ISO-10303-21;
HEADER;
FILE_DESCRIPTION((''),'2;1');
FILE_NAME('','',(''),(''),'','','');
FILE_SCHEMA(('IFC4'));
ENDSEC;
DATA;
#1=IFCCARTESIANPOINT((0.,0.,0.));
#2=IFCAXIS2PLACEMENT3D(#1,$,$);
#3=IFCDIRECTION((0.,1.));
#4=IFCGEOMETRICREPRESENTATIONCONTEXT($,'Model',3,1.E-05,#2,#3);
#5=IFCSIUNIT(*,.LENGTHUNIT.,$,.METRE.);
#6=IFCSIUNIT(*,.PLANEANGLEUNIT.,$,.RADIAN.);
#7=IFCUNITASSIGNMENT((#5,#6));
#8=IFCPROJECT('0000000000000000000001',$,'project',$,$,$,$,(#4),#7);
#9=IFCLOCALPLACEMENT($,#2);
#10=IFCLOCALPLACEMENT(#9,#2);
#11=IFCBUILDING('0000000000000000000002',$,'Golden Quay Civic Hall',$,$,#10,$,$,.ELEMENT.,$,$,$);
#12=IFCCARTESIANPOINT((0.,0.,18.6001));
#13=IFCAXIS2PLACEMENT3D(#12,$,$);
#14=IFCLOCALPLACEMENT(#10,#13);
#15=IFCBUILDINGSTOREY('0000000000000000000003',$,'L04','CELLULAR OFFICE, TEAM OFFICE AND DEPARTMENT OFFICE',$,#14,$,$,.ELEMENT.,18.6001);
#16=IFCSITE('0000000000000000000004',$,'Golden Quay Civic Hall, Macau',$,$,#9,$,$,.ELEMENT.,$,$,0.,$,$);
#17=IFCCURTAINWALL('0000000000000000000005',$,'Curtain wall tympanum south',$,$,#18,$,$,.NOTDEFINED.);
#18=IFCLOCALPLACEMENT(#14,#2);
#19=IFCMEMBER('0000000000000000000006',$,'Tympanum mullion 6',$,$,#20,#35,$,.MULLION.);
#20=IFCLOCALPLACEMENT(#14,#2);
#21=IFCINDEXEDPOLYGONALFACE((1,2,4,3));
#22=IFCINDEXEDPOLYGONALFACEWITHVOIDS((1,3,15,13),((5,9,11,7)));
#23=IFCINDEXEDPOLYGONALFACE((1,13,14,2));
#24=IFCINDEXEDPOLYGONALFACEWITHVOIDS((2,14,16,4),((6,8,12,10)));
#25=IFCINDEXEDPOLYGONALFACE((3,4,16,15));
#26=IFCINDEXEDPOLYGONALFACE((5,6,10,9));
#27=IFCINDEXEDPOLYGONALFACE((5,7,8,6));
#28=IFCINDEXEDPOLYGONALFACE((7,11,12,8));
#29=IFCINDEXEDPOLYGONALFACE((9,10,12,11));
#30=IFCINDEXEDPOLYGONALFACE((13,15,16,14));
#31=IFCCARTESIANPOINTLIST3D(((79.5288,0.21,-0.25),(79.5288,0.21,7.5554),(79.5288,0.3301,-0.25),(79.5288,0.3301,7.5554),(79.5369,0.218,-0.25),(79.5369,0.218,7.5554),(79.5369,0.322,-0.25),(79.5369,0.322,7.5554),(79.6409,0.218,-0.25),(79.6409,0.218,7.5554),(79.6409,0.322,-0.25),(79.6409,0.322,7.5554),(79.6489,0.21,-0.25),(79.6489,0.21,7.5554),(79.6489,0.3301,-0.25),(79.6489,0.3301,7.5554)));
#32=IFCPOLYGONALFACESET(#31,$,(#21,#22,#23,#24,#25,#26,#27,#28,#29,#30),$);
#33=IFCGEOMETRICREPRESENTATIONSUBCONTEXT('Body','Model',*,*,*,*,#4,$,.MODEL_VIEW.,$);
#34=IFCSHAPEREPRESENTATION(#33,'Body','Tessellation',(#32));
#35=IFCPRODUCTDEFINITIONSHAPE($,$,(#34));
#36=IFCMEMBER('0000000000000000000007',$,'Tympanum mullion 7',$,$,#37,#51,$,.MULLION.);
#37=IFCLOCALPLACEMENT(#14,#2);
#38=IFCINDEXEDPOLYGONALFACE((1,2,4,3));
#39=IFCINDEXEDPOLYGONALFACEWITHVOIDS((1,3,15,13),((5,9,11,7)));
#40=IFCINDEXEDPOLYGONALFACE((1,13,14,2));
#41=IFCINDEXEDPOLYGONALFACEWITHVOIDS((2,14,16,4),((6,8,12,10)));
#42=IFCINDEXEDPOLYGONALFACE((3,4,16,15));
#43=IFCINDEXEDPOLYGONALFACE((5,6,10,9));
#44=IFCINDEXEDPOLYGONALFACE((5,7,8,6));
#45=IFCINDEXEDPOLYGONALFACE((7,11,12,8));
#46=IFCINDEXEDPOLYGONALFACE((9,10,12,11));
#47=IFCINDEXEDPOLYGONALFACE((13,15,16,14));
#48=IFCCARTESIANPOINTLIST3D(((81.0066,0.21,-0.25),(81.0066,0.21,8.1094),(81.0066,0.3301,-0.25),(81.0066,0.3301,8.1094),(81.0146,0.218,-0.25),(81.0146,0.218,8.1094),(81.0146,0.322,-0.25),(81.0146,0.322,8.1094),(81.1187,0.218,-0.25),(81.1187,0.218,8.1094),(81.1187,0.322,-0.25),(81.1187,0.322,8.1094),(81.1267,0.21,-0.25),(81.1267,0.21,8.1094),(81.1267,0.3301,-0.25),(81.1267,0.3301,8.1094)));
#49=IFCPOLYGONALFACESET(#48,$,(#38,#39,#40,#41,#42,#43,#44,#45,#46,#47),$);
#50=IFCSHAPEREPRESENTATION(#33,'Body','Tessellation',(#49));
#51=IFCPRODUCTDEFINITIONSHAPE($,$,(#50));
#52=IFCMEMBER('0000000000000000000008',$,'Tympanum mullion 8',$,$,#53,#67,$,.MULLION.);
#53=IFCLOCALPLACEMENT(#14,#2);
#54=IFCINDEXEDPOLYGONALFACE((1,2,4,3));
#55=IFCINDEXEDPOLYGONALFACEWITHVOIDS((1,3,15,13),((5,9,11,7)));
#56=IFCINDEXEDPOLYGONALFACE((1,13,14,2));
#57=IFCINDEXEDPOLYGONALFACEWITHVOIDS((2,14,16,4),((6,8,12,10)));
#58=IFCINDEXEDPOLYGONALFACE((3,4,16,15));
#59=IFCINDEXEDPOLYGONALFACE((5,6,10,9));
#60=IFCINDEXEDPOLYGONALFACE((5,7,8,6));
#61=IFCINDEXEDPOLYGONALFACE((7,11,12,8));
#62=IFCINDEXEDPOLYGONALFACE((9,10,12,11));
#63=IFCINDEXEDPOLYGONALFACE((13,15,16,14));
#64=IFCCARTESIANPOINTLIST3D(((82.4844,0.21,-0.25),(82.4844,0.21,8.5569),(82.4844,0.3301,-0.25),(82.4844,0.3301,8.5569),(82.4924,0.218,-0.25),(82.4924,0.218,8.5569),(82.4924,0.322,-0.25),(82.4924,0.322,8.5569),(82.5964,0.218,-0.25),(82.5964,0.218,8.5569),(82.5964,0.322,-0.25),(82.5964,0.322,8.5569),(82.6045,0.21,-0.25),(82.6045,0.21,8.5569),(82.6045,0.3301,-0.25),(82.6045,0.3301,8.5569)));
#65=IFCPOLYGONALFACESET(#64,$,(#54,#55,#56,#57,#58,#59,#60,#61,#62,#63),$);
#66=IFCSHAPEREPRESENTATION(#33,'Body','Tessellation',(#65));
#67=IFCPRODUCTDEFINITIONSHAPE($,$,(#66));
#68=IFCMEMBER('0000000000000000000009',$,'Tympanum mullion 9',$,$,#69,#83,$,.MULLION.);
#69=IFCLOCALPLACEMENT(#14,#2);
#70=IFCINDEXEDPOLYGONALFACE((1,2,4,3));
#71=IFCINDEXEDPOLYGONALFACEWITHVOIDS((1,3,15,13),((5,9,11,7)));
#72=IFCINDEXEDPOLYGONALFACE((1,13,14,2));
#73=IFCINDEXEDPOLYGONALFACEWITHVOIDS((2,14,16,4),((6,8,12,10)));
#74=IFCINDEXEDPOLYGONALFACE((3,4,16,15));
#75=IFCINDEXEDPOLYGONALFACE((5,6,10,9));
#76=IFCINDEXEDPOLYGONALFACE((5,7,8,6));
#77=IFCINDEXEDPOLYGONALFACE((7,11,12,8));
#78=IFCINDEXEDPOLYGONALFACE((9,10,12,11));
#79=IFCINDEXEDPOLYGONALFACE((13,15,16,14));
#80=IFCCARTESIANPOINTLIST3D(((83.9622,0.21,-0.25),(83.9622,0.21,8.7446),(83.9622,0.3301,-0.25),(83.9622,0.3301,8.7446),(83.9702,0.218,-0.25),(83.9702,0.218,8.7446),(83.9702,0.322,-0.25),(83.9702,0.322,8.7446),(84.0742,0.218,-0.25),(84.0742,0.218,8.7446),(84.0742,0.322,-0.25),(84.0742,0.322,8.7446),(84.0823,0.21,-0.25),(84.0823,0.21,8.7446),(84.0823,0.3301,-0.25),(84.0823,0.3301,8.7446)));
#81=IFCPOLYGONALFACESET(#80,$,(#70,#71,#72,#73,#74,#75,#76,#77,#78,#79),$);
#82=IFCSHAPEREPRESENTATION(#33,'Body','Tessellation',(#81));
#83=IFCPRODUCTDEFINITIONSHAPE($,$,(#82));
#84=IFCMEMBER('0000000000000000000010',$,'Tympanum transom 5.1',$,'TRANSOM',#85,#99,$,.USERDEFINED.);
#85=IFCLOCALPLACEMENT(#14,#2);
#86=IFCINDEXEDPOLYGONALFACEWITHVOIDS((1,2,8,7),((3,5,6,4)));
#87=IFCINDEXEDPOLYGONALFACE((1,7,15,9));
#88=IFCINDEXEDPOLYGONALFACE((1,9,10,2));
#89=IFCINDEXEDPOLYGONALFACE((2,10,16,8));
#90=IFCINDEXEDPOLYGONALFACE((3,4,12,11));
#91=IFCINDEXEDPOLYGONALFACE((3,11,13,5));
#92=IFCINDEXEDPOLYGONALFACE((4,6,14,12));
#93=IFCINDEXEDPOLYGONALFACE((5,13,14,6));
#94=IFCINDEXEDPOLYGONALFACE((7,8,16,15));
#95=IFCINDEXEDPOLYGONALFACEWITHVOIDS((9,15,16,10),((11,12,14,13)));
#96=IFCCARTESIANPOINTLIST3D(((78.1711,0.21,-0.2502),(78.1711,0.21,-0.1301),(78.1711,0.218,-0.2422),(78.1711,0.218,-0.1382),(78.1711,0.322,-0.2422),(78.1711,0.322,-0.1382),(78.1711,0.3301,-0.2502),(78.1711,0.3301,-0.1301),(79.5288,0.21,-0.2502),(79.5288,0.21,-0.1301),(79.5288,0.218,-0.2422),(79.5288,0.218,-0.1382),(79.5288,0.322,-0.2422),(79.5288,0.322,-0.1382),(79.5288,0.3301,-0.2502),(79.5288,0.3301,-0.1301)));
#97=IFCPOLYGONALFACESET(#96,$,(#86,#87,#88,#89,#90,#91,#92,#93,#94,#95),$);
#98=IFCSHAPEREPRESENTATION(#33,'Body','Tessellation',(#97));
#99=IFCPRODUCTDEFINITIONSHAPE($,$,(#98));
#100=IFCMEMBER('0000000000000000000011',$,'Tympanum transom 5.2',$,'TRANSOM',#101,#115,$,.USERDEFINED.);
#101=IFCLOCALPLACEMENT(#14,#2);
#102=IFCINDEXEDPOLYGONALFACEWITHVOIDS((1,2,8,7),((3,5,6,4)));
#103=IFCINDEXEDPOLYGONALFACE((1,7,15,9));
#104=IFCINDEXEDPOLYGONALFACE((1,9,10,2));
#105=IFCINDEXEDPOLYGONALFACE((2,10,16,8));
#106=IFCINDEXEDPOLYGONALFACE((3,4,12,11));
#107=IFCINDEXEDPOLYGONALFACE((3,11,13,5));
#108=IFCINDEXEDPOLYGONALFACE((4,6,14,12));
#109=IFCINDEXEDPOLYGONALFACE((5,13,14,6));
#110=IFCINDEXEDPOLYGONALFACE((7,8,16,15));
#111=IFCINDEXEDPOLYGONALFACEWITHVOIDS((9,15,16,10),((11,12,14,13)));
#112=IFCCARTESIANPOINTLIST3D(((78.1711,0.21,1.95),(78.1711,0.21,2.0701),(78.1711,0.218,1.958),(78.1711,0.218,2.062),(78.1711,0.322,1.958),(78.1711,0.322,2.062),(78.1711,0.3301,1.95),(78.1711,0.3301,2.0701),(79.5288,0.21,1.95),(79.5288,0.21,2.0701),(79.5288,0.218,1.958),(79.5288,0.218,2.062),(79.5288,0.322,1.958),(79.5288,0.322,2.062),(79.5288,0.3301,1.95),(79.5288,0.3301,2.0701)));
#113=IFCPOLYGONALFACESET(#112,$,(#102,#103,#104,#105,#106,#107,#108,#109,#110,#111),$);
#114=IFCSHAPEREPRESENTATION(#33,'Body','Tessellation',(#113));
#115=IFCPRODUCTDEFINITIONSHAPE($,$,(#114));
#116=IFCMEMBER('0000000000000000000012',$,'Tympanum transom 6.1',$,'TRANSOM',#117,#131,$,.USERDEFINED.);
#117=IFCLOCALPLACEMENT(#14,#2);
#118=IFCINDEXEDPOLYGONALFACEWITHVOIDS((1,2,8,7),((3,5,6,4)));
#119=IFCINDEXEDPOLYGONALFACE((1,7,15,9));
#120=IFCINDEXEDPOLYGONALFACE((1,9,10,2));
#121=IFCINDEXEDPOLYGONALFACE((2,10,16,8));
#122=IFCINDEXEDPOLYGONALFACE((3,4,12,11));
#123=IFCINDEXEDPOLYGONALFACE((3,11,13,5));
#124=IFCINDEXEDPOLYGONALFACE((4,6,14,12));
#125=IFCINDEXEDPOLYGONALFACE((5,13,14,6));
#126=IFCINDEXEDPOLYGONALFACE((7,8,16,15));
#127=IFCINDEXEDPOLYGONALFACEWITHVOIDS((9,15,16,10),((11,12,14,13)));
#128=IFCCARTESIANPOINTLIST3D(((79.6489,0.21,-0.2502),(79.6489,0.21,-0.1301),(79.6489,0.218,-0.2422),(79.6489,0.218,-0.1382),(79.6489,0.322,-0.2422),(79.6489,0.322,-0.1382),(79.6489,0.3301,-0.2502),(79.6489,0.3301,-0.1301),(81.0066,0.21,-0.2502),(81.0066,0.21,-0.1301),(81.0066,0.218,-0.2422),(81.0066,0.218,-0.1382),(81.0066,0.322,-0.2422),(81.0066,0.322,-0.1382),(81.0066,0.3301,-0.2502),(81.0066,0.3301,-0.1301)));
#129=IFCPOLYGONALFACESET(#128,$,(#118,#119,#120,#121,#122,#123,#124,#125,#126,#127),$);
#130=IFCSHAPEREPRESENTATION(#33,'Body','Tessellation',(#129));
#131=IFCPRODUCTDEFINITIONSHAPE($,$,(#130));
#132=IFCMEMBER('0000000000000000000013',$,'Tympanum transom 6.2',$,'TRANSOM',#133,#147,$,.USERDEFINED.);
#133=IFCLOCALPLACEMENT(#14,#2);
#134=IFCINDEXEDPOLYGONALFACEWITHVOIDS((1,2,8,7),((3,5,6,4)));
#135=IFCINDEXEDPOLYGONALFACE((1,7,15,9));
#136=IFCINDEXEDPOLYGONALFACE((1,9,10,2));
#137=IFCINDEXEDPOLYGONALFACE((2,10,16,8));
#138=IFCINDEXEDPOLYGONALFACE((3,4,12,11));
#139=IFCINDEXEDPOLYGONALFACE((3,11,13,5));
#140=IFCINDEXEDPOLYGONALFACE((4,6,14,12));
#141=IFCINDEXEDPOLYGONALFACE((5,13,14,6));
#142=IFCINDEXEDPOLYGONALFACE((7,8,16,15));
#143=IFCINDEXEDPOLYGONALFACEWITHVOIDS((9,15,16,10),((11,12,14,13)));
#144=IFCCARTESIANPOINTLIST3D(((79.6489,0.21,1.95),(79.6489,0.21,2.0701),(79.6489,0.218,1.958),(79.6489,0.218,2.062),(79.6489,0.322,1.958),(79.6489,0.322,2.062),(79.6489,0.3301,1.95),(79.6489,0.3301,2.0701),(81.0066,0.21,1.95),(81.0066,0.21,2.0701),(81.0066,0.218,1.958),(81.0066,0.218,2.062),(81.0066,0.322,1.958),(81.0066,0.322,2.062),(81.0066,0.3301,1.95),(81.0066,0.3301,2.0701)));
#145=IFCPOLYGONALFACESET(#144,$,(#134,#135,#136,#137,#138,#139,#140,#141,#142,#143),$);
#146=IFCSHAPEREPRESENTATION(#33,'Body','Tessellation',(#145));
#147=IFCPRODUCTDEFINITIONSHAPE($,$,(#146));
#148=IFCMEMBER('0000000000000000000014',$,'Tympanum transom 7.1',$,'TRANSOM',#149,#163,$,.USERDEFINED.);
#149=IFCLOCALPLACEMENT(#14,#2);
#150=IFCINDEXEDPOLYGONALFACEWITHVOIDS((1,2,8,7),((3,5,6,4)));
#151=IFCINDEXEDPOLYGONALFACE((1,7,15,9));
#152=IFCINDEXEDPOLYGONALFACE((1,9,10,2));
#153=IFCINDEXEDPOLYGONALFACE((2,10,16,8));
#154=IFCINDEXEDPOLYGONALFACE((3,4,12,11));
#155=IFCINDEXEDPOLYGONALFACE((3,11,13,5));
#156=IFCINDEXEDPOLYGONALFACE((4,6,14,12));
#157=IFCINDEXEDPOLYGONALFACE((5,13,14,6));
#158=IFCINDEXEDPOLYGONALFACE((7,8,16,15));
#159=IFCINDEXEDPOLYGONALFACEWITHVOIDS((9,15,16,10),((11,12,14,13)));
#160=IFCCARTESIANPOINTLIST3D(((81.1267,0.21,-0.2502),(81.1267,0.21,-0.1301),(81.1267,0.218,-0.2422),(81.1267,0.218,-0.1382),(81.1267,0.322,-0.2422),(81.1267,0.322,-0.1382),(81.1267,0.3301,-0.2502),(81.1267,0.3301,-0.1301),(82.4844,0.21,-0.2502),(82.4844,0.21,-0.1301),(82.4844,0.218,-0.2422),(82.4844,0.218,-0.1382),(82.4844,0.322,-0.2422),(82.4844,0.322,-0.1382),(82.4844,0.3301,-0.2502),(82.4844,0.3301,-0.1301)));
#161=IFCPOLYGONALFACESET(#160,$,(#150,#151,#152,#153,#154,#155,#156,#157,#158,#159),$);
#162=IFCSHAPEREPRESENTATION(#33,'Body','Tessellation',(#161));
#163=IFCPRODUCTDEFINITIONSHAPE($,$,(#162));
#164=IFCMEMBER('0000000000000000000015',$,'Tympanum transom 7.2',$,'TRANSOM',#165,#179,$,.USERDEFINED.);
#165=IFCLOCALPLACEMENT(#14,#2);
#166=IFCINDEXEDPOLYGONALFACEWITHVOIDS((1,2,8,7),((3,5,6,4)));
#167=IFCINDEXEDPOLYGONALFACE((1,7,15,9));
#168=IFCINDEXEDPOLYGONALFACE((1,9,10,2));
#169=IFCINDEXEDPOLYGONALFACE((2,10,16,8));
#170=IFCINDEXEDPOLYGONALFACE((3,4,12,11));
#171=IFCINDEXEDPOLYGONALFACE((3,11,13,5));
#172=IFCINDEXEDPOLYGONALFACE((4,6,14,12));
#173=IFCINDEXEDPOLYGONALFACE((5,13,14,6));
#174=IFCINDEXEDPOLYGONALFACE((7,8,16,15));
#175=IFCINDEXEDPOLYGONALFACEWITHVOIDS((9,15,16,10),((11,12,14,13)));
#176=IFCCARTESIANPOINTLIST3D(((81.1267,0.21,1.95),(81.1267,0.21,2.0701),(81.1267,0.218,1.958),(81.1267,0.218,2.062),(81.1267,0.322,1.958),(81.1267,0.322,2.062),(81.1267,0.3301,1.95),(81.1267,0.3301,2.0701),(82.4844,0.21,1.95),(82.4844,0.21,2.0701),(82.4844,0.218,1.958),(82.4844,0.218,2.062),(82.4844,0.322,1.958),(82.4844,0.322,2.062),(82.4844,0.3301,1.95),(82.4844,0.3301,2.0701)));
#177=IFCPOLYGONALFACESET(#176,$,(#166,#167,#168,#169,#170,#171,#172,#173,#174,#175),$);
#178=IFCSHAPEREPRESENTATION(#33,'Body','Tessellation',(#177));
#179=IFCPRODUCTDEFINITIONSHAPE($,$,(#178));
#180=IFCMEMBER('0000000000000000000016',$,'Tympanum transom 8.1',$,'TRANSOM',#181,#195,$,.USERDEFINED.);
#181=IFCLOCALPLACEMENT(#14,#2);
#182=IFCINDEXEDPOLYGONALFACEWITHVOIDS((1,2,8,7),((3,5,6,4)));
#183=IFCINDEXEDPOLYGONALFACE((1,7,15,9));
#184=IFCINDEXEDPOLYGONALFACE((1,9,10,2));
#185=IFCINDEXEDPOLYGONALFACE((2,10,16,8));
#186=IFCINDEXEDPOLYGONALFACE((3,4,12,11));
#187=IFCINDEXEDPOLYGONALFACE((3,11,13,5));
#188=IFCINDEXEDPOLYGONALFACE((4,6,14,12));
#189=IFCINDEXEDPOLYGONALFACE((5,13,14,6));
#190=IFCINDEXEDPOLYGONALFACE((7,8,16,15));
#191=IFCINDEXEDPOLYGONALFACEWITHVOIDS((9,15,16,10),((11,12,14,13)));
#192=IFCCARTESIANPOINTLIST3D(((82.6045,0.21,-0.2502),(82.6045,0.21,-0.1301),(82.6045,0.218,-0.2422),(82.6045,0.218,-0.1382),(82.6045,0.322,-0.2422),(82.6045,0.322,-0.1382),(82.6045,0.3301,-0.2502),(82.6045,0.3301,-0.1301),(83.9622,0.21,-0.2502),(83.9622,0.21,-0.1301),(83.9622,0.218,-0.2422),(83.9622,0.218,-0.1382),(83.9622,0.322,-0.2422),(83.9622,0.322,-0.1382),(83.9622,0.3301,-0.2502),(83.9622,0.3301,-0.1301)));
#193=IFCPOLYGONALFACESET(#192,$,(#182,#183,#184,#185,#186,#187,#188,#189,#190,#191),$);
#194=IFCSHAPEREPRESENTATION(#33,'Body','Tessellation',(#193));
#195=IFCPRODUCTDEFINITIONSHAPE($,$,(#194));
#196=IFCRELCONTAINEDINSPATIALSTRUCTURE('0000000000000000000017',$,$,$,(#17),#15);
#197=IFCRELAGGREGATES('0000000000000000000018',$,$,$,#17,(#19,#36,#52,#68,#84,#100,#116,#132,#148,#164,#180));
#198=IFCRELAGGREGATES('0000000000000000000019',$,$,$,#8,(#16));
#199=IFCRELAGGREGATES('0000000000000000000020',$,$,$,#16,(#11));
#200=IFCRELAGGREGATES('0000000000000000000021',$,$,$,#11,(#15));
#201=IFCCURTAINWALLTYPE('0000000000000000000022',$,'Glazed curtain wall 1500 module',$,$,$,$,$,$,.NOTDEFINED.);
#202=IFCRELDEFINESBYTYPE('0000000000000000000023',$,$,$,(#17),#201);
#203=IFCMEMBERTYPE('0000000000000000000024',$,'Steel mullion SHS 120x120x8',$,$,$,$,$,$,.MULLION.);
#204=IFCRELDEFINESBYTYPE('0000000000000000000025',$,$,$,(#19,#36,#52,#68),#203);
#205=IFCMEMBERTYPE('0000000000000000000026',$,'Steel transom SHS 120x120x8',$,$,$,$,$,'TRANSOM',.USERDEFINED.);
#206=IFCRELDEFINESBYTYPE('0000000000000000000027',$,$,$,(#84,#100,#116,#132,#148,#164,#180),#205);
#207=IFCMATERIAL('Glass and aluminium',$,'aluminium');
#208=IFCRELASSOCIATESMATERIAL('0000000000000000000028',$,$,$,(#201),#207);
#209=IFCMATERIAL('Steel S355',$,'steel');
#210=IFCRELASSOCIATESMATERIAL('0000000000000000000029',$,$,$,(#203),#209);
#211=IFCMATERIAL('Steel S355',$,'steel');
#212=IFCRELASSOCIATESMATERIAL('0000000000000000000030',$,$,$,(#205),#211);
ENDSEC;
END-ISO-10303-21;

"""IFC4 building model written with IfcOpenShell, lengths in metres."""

from ifc_helpers import new_model, si_unit, direction, frame, origin, origin_2d, place, context, subcontext, project, spatial, hollow_rectangle, extrude, material, material_profile, profile_set, type_object, element, aggregate, save


model = new_model("IFC4")

# Units and contexts
model_context = context("Model", 3, precision=1e-05, world=origin(), true_north=direction((0.0, 1.0)))
body_context = subcontext(model_context, "Body", "Model", "MODEL_VIEW")
ifc_project = project(units=[si_unit("LENGTHUNIT", "METRE"), si_unit("PLANEANGLEUNIT", "RADIAN")], contexts=[model_context])

# Site, building, storey
site_placement = place(None, origin())
site = spatial("IfcSite", under=ifc_project, at=site_placement, Name="Golden Quay Civic Hall, Macau", CompositionType="ELEMENT", RefElevation=0.0)
building_placement = place(site_placement, origin())
building = spatial("IfcBuilding", under=site, at=building_placement, Name="Golden Quay Civic Hall", CompositionType="ELEMENT")
storey_placement = place(building_placement, frame((0.0, 0.0, 18.6001)))
storey = spatial("IfcBuildingStorey", under=building, at=storey_placement, Name="L04", Description="CELLULAR OFFICE, TEAM OFFICE AND DEPARTMENT OFFICE", CompositionType="ELEMENT", Elevation=18.6001)

# Curtain wall, members
ifc_material_1 = material(Name="Glass and aluminium", Category="aluminium")
curtain_wall_type = type_object("IfcCurtainWallType", Name="Glazed curtain wall 1500 module", PredefinedType="NOTDEFINED", material=ifc_material_1)
curtain_wall_placement = place(storey_placement, origin())
curtain_wall = element("IfcCurtainWall", 1, at=curtain_wall_placement, inside=storey, type_object=curtain_wall_type, Name="Curtain wall tympanum south", PredefinedType="NOTDEFINED")
ifc_material_2 = material(Name="Steel S355", Category="steel")
ifc_material_profile_1 = material_profile(ifc_material_2, hollow_rectangle(XDim=0.1201, YDim=0.1201, WallThickness=0.0081, at=origin_2d()), Name="SHS 120x120x8")
ifc_profile_set_1 = profile_set([ifc_material_profile_1], Name="Steel S355")
member_type_1 = type_object("IfcMemberType", Name="Steel mullion SHS 120x120x8", PredefinedType="MULLION", material=ifc_profile_set_1)
member_1_placement = place(storey_placement, frame((79.5889, 0.27, -0.25), z_axis=(0.0, 0.0, 1.0), x_axis=(0.0, 1.0, 0.0)))
member_1 = element("IfcMember", 2, at=member_1_placement, type_object=member_type_1, Name="Tympanum mullion 6", PredefinedType="MULLION", context=body_context, shape_type="SweptSolid", body=[
    extrude(hollow_rectangle(XDim=0.1201, YDim=0.1201, WallThickness=0.0081, at=origin_2d()), origin(), (0.0, 0.0, 1.0), 7.8054),
])
member_2_placement = place(storey_placement, frame((81.0667, 0.27, -0.25), z_axis=(0.0, 0.0, 1.0), x_axis=(0.0, 1.0, 0.0)))
member_2 = element("IfcMember", 3, at=member_2_placement, type_object=member_type_1, Name="Tympanum mullion 7", PredefinedType="MULLION", context=body_context, shape_type="SweptSolid", body=[
    extrude(hollow_rectangle(XDim=0.1201, YDim=0.1201, WallThickness=0.0081, at=origin_2d()), origin(), (0.0, 0.0, 1.0), 8.3594),
])
member_3_placement = place(storey_placement, frame((82.5444, 0.27, -0.25), z_axis=(0.0, 0.0, 1.0), x_axis=(0.0, 1.0, 0.0)))
member_3 = element("IfcMember", 4, at=member_3_placement, type_object=member_type_1, Name="Tympanum mullion 8", PredefinedType="MULLION", context=body_context, shape_type="SweptSolid", body=[
    extrude(hollow_rectangle(XDim=0.1201, YDim=0.1201, WallThickness=0.0081, at=origin_2d()), origin(), (0.0, 0.0, 1.0), 8.8069),
])
member_4_placement = place(storey_placement, frame((84.0222, 0.27, -0.25), z_axis=(0.0, 0.0, 1.0), x_axis=(0.0, 1.0, 0.0)))
member_4 = element("IfcMember", 5, at=member_4_placement, type_object=member_type_1, Name="Tympanum mullion 9", PredefinedType="MULLION", context=body_context, shape_type="SweptSolid", body=[
    extrude(hollow_rectangle(XDim=0.1201, YDim=0.1201, WallThickness=0.0081, at=origin_2d()), origin(), (0.0, 0.0, 1.0), 8.9946),
])
ifc_material_3 = material(Name="Steel S355", Category="steel")
ifc_material_profile_2 = material_profile(ifc_material_3, hollow_rectangle(XDim=0.1201, YDim=0.1201, WallThickness=0.0081, at=origin_2d()), Name="SHS 120x120x8")
ifc_profile_set_2 = profile_set([ifc_material_profile_2], Name="Steel S355")
member_type_2 = type_object("IfcMemberType", Name="Steel transom SHS 120x120x8", ElementType="TRANSOM", PredefinedType="USERDEFINED", material=ifc_profile_set_2)
member_5_placement = place(storey_placement, frame((78.1711, 0.27, -0.1902), z_axis=(1.0, 0.0, 0.0), x_axis=(0.0, 1.0, 0.0)))
member_5 = element("IfcMember", 6, at=member_5_placement, type_object=member_type_2, Name="Tympanum transom 5.1", ObjectType="TRANSOM", PredefinedType="USERDEFINED", context=body_context, shape_type="SweptSolid", body=[
    extrude(hollow_rectangle(XDim=0.1201, YDim=0.1201, WallThickness=0.0081, at=origin_2d()), origin(), (0.0, 0.0, 1.0), 1.3577),
])
member_6_placement = place(storey_placement, frame((78.1711, 0.27, 2.01), z_axis=(1.0, 0.0, 0.0), x_axis=(0.0, 1.0, 0.0)))
member_6 = element("IfcMember", 7, at=member_6_placement, type_object=member_type_2, Name="Tympanum transom 5.2", ObjectType="TRANSOM", PredefinedType="USERDEFINED", context=body_context, shape_type="SweptSolid", body=[
    extrude(hollow_rectangle(XDim=0.1201, YDim=0.1201, WallThickness=0.0081, at=origin_2d()), origin(), (0.0, 0.0, 1.0), 1.3577),
])
member_7_placement = place(storey_placement, frame((79.6489, 0.27, -0.1902), z_axis=(1.0, 0.0, 0.0), x_axis=(0.0, 1.0, 0.0)))
member_7 = element("IfcMember", 8, at=member_7_placement, type_object=member_type_2, Name="Tympanum transom 6.1", ObjectType="TRANSOM", PredefinedType="USERDEFINED", context=body_context, shape_type="SweptSolid", body=[
    extrude(hollow_rectangle(XDim=0.1201, YDim=0.1201, WallThickness=0.0081, at=origin_2d()), origin(), (0.0, 0.0, 1.0), 1.3577),
])
member_8_placement = place(storey_placement, frame((79.6489, 0.27, 2.01), z_axis=(1.0, 0.0, 0.0), x_axis=(0.0, 1.0, 0.0)))
member_8 = element("IfcMember", 9, at=member_8_placement, type_object=member_type_2, Name="Tympanum transom 6.2", ObjectType="TRANSOM", PredefinedType="USERDEFINED", context=body_context, shape_type="SweptSolid", body=[
    extrude(hollow_rectangle(XDim=0.1201, YDim=0.1201, WallThickness=0.0081, at=origin_2d()), origin(), (0.0, 0.0, 1.0), 1.3577),
])
member_9_placement = place(storey_placement, frame((81.1267, 0.27, -0.1902), z_axis=(1.0, 0.0, 0.0), x_axis=(0.0, 1.0, 0.0)))
member_9 = element("IfcMember", 10, at=member_9_placement, type_object=member_type_2, Name="Tympanum transom 7.1", ObjectType="TRANSOM", PredefinedType="USERDEFINED", context=body_context, shape_type="SweptSolid", body=[
    extrude(hollow_rectangle(XDim=0.1201, YDim=0.1201, WallThickness=0.0081, at=origin_2d()), origin(), (0.0, 0.0, 1.0), 1.3577),
])
member_10_placement = place(storey_placement, frame((81.1267, 0.27, 2.01), z_axis=(1.0, 0.0, 0.0), x_axis=(0.0, 1.0, 0.0)))
member_10 = element("IfcMember", 11, at=member_10_placement, type_object=member_type_2, Name="Tympanum transom 7.2", ObjectType="TRANSOM", PredefinedType="USERDEFINED", context=body_context, shape_type="SweptSolid", body=[
    extrude(hollow_rectangle(XDim=0.1201, YDim=0.1201, WallThickness=0.0081, at=origin_2d()), origin(), (0.0, 0.0, 1.0), 1.3577),
])
member_11_placement = place(storey_placement, frame((82.6045, 0.27, -0.1902), z_axis=(1.0, 0.0, 0.0), x_axis=(0.0, 1.0, 0.0)))
member_11 = element("IfcMember", 12, at=member_11_placement, type_object=member_type_2, Name="Tympanum transom 8.1", ObjectType="TRANSOM", PredefinedType="USERDEFINED", context=body_context, shape_type="SweptSolid", body=[
    extrude(hollow_rectangle(XDim=0.1201, YDim=0.1201, WallThickness=0.0081, at=origin_2d()), origin(), (0.0, 0.0, 1.0), 1.3577),
])
aggregate(curtain_wall, [member_1, member_2, member_3, member_4, member_5, member_6, member_7, member_8, member_9, member_10, member_11])

save(model, "model.ifc")
